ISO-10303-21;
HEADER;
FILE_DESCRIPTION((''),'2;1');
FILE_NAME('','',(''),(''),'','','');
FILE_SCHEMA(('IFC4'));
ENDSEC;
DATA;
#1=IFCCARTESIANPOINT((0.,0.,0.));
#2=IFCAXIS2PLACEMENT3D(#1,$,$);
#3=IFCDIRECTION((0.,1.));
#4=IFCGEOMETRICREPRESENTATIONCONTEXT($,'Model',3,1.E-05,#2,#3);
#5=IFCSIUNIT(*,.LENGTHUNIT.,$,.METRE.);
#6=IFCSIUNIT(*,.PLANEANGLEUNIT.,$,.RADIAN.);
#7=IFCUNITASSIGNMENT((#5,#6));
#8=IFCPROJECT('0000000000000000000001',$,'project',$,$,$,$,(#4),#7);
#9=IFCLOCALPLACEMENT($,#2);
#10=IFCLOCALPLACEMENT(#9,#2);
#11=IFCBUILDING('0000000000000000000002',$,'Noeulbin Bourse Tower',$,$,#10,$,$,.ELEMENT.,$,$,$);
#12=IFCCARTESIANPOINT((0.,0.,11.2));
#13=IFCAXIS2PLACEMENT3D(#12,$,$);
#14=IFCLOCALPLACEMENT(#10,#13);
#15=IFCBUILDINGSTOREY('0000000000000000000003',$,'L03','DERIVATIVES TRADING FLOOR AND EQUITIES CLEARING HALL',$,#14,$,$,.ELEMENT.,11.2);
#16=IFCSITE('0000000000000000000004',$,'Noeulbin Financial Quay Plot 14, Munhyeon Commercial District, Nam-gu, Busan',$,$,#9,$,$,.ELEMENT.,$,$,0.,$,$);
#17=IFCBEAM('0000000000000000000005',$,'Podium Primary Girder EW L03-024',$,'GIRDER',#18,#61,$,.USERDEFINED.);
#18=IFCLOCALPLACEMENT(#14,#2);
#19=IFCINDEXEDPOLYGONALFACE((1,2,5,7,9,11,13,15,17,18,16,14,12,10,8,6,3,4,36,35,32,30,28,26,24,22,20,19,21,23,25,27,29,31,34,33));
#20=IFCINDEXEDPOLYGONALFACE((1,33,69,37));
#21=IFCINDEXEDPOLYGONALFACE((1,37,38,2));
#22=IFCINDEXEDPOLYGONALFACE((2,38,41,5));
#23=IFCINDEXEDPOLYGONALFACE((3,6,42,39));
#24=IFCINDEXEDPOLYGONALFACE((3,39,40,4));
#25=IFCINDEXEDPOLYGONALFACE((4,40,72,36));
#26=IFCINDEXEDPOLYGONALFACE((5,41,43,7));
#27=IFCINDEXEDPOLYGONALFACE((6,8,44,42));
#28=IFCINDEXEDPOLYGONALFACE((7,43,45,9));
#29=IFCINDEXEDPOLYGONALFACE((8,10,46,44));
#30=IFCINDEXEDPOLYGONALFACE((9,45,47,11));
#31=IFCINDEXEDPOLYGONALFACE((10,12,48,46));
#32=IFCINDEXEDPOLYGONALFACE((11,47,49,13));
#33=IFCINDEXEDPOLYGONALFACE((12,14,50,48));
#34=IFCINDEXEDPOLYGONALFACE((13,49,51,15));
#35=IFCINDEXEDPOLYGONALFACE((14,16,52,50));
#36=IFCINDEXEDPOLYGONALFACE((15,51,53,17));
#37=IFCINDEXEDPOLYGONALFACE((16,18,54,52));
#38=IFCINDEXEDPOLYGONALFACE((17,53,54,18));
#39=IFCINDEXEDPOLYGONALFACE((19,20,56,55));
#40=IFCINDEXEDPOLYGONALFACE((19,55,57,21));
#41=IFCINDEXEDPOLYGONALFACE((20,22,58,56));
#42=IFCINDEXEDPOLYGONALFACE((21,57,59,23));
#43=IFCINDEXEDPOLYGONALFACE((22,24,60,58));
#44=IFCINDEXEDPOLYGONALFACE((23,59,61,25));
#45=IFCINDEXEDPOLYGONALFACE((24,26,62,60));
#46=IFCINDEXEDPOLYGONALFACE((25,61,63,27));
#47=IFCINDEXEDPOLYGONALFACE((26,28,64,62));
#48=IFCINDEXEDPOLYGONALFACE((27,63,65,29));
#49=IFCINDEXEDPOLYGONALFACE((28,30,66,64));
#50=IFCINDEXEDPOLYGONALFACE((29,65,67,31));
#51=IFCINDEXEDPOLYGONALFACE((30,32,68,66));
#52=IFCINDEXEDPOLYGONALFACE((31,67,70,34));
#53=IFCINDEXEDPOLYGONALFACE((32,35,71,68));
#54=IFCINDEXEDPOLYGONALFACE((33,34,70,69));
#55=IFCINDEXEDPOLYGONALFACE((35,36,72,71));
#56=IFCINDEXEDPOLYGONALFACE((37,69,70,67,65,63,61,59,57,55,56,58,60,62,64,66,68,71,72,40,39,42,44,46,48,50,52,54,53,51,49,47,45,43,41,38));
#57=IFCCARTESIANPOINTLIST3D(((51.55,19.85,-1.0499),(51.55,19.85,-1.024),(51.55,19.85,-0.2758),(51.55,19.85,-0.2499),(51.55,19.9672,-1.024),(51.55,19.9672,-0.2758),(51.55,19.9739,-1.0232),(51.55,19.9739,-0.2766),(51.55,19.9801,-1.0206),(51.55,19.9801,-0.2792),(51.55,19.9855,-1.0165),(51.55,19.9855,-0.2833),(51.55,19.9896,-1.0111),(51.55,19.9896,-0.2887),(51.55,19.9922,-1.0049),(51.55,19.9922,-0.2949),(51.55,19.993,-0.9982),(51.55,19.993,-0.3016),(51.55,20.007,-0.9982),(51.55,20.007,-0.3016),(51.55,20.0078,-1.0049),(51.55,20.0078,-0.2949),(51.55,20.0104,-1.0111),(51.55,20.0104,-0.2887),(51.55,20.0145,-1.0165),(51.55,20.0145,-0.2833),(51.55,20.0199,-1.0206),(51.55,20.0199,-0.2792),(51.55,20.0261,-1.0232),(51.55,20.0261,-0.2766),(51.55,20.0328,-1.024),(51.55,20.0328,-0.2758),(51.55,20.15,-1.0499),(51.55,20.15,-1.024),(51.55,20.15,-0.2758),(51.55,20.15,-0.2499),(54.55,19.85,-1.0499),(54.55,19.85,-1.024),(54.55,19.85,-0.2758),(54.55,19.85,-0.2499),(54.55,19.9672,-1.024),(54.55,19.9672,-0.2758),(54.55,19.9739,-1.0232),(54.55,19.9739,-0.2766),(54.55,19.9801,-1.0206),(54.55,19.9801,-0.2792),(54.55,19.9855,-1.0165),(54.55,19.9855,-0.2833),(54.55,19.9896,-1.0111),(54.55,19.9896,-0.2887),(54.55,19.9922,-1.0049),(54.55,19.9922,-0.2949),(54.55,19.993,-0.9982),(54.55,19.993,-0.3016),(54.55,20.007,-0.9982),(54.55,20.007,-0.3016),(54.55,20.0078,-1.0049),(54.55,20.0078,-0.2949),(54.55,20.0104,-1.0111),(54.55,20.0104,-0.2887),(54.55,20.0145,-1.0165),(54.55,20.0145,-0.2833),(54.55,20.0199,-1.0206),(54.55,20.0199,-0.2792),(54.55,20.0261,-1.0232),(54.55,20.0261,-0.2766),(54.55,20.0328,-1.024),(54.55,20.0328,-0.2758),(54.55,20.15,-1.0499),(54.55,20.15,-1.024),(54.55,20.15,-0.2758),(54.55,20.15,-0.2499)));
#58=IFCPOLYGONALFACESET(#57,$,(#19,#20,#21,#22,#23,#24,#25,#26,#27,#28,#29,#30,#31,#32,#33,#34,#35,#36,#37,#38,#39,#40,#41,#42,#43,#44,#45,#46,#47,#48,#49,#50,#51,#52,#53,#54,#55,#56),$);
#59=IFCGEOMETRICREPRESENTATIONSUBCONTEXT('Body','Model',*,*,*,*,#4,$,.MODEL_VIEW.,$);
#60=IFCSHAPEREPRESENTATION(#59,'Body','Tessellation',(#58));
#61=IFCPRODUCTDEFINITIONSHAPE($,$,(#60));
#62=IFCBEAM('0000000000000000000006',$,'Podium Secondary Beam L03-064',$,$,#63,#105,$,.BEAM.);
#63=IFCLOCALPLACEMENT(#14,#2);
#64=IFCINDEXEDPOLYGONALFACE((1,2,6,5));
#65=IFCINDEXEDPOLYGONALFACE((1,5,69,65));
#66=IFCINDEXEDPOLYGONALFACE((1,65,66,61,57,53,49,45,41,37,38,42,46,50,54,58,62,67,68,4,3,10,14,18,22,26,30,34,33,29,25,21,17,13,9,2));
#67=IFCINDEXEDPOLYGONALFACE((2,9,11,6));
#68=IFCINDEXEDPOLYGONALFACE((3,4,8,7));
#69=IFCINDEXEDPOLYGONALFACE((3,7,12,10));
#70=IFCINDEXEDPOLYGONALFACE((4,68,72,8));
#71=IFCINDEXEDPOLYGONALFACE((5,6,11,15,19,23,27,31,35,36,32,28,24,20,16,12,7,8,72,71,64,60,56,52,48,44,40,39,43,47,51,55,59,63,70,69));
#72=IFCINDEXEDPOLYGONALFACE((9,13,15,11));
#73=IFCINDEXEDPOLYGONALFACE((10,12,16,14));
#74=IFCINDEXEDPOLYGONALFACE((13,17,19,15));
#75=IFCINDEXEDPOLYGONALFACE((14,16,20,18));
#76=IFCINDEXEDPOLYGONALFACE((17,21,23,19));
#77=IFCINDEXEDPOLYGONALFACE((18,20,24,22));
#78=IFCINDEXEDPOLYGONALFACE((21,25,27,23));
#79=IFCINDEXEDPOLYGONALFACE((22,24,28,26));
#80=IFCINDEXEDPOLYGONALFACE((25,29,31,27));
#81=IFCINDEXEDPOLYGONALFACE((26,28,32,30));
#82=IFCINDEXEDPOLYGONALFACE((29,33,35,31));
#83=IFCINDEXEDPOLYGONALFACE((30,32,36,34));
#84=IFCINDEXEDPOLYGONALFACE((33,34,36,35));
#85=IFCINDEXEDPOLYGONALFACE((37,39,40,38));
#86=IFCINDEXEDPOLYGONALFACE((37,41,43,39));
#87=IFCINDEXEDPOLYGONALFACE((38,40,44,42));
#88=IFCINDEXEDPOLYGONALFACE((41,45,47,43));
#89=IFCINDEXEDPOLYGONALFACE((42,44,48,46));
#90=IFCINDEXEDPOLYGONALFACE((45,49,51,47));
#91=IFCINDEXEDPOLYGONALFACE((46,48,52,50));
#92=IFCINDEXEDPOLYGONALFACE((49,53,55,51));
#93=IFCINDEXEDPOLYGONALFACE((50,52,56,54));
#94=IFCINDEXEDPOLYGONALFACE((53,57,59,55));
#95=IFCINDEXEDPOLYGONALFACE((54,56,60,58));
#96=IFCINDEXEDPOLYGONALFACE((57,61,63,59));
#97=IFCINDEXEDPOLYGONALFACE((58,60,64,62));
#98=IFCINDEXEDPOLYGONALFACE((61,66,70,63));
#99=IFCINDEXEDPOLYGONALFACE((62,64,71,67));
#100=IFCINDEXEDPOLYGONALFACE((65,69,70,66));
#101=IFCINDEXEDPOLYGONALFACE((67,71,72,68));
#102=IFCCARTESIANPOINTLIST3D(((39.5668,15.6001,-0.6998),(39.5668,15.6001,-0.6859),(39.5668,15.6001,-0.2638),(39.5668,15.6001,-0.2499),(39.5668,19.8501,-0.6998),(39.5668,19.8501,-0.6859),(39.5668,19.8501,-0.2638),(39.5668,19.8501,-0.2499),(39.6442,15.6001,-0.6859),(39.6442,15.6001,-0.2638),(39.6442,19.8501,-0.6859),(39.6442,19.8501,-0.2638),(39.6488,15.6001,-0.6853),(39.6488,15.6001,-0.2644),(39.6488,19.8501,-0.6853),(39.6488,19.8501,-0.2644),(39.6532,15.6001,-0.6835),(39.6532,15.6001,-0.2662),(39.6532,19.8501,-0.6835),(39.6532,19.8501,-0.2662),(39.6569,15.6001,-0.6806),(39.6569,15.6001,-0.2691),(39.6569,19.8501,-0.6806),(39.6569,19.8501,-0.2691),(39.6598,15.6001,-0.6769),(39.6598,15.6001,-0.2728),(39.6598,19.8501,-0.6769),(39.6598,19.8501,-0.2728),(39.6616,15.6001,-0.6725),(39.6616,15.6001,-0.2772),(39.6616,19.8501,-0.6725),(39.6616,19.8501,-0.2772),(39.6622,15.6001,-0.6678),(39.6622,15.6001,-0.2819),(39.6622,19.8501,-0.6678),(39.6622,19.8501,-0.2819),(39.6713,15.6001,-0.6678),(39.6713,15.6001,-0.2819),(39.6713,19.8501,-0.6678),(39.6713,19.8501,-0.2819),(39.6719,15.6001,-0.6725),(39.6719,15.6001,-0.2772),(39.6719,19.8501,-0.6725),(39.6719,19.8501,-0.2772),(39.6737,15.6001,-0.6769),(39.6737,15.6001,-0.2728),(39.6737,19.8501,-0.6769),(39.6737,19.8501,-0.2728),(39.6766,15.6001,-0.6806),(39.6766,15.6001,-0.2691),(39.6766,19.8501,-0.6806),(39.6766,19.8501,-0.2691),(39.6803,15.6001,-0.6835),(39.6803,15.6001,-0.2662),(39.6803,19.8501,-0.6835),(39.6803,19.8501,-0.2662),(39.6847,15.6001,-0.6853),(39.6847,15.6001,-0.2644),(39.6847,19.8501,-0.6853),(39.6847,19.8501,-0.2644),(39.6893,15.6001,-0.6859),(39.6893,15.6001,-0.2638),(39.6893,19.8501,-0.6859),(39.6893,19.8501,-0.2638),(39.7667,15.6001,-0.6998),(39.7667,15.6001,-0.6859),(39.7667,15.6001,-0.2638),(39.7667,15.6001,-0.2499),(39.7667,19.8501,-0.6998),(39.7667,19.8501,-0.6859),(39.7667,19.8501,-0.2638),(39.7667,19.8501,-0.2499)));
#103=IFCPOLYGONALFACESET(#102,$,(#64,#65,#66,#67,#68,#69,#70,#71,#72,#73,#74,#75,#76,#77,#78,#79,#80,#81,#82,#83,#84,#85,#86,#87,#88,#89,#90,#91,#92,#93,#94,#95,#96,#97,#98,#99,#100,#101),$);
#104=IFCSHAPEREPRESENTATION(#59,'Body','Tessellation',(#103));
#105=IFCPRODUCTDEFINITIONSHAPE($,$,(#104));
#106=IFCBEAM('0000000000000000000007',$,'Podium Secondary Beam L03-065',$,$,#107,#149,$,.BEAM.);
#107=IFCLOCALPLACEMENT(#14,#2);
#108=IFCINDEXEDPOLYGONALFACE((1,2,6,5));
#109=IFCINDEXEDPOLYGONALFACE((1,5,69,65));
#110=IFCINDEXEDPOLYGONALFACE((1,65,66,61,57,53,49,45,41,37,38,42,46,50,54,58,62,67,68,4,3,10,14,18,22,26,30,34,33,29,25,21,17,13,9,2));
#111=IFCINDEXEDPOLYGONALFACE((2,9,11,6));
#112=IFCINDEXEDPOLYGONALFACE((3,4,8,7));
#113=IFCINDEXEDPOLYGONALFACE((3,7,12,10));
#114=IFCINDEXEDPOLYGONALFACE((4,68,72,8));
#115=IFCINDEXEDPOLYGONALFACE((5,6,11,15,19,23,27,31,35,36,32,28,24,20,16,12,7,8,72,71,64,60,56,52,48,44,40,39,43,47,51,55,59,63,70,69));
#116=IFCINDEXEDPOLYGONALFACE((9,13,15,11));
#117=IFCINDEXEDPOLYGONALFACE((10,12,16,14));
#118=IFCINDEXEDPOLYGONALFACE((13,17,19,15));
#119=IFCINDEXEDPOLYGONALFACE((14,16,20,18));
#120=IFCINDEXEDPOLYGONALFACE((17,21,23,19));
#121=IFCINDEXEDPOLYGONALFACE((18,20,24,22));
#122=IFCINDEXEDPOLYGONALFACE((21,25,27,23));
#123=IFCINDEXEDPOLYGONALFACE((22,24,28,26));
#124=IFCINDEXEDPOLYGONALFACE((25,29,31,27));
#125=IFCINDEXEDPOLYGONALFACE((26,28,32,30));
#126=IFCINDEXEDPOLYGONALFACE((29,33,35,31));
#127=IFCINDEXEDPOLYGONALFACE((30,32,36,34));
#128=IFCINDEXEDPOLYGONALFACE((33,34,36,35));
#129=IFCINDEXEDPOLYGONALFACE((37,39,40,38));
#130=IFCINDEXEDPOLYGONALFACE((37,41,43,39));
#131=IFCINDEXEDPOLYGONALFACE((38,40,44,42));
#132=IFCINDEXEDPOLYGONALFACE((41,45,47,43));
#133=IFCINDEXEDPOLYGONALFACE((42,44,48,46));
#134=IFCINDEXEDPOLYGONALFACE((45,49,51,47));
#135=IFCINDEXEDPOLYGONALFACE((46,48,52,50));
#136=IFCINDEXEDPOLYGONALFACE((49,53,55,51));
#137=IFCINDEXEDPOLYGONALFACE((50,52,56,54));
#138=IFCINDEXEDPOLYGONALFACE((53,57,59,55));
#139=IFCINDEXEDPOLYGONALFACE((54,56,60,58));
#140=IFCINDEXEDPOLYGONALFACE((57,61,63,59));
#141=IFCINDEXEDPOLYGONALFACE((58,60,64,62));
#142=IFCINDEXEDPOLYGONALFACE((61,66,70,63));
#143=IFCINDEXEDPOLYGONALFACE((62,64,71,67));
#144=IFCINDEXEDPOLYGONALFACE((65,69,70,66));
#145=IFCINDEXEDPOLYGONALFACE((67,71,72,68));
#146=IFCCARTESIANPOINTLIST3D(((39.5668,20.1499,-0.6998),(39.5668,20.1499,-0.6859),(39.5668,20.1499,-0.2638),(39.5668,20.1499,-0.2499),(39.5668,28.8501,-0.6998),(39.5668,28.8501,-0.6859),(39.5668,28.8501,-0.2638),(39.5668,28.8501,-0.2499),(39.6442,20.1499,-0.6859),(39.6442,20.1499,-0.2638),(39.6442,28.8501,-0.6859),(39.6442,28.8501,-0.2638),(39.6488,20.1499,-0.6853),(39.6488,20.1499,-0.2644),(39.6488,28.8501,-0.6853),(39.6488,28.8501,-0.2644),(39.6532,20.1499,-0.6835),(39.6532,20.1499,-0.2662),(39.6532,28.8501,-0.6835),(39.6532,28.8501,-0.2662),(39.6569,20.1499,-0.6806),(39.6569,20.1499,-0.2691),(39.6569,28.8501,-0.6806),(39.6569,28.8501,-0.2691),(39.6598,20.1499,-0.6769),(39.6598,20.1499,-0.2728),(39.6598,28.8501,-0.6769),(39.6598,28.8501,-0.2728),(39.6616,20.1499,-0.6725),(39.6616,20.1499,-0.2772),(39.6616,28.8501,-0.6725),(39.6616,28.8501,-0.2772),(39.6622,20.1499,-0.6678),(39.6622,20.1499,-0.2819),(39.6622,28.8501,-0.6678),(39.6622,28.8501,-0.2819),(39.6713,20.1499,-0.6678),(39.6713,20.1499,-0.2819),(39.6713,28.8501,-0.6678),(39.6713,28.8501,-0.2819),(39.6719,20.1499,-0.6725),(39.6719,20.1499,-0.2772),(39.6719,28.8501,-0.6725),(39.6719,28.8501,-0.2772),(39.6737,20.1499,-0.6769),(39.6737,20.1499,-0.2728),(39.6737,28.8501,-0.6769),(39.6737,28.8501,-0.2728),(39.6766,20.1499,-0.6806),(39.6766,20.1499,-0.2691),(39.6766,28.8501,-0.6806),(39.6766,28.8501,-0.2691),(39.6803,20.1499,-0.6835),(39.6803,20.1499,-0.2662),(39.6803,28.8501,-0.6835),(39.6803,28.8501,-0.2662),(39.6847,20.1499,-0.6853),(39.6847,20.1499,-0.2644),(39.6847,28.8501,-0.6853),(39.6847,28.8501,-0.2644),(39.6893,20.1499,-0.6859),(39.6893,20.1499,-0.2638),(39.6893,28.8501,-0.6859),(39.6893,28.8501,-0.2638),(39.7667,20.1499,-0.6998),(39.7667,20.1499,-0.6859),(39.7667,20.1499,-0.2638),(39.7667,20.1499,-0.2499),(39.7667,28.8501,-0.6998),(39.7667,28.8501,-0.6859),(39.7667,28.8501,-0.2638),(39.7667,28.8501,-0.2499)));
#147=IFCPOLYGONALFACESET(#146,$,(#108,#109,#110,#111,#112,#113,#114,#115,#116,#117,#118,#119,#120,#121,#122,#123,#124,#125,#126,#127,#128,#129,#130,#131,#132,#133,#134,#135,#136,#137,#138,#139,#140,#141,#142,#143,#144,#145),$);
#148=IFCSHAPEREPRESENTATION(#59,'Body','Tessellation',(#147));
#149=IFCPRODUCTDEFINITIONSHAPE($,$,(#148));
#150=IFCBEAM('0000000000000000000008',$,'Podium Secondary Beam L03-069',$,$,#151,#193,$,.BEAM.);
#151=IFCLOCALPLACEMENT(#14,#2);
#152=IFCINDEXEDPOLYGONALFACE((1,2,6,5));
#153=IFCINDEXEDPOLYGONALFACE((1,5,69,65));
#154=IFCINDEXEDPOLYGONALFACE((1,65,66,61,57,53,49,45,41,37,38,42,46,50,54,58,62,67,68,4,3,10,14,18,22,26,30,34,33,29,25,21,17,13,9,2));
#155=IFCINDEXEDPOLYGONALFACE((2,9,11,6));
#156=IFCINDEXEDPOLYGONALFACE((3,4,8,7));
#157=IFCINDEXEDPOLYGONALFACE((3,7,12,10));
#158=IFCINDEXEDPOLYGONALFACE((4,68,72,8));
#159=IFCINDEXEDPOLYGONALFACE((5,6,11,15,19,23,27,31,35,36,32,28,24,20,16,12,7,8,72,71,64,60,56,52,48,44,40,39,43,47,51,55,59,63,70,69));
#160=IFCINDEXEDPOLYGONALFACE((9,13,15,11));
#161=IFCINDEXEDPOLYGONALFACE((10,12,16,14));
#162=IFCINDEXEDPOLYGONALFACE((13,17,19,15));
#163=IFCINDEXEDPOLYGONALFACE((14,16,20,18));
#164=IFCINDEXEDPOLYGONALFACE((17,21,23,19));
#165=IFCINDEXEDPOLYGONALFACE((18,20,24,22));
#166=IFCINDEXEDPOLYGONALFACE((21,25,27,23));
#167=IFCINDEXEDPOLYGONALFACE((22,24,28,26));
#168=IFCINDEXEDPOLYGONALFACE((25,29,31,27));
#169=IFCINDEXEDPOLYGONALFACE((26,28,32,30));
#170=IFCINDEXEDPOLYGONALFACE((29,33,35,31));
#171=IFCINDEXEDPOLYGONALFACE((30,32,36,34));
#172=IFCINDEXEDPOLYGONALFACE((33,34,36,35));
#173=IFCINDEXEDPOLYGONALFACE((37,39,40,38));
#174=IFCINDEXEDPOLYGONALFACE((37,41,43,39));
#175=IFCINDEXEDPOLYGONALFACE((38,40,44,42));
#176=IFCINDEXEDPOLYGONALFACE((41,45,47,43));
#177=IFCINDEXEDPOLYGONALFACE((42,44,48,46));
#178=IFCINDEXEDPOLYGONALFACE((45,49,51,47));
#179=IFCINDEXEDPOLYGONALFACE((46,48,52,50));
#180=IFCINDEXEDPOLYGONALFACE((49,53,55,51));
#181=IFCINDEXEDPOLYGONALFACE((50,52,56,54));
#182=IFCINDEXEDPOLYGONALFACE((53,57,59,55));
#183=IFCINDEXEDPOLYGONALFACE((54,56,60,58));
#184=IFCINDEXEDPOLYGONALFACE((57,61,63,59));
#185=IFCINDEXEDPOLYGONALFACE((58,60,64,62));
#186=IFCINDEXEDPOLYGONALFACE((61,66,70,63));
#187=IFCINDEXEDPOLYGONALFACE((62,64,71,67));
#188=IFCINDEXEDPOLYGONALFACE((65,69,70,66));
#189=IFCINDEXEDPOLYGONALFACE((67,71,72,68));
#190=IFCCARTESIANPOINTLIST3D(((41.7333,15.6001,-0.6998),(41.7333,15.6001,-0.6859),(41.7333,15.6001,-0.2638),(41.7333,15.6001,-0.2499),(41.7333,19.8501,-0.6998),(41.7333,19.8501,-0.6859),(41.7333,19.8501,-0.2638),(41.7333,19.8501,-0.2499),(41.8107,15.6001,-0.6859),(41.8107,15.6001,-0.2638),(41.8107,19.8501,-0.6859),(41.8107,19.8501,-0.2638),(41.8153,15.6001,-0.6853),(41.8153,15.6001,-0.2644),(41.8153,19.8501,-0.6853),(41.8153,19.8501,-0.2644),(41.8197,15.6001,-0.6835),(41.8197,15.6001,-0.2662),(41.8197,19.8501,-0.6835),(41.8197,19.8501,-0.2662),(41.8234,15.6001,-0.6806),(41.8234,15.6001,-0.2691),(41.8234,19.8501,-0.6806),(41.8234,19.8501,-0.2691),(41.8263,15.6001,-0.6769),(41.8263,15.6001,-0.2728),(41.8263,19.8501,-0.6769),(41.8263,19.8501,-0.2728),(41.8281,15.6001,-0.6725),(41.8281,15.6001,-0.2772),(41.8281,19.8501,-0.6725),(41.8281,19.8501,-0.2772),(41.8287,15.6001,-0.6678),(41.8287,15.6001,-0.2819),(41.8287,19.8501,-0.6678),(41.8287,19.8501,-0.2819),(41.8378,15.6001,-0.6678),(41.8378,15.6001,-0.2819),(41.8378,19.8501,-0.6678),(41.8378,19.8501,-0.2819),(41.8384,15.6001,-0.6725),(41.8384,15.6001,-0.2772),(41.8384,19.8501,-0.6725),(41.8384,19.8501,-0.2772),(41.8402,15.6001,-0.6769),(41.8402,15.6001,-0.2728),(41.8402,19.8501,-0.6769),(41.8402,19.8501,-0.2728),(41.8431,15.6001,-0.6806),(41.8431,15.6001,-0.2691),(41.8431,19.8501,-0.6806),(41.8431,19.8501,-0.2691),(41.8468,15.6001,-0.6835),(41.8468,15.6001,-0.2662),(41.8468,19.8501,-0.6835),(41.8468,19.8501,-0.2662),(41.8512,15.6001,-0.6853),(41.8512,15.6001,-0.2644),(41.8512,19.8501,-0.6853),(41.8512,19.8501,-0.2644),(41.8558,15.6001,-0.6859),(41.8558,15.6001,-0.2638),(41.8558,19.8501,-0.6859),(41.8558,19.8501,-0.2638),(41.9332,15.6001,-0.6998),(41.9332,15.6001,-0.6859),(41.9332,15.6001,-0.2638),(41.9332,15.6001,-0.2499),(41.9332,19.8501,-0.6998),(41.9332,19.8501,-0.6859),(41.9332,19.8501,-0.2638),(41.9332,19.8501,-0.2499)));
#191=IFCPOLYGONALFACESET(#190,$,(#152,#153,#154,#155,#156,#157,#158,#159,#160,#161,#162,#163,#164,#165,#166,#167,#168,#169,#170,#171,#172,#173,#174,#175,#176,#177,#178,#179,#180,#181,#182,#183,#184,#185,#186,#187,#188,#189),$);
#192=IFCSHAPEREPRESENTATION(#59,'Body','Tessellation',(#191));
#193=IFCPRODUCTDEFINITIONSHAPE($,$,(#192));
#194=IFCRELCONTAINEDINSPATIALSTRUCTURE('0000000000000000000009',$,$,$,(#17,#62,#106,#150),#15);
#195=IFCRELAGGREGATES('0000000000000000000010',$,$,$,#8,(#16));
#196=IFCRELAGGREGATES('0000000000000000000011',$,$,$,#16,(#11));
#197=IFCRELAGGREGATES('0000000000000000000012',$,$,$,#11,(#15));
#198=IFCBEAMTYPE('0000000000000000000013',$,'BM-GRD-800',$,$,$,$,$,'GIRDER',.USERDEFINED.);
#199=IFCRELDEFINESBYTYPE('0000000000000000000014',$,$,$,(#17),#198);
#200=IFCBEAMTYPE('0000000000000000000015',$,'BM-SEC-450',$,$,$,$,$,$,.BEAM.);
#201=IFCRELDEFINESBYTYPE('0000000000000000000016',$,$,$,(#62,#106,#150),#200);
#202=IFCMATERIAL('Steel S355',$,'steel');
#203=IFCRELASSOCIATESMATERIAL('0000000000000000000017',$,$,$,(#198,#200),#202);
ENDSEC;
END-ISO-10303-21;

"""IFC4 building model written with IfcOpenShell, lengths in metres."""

from ifc_helpers import new_model, si_unit, direction, frame, origin, origin_2d, place, context, subcontext, project, spatial, i_section, extrude, material, material_profile, profile_set, type_object, element, save


model = new_model("IFC4")

# Units and contexts
model_context = context("Model", 3, precision=1e-05, world=origin(), true_north=direction((0.0, 1.0)))
body_context = subcontext(model_context, "Body", "Model", "MODEL_VIEW")
ifc_project = project(units=[si_unit("LENGTHUNIT", "METRE"), si_unit("PLANEANGLEUNIT", "RADIAN")], contexts=[model_context])

# Site, building, storey
site_placement = place(None, origin())
site = spatial("IfcSite", under=ifc_project, at=site_placement, Name="Noeulbin Financial Quay Plot 14, Munhyeon Commercial District, Nam-gu, Busan", CompositionType="ELEMENT", RefElevation=0.0)
building_placement = place(site_placement, origin())
building = spatial("IfcBuilding", under=site, at=building_placement, Name="Noeulbin Bourse Tower", CompositionType="ELEMENT")
storey_placement = place(building_placement, frame((0.0, 0.0, 11.2)))
storey = spatial("IfcBuildingStorey", under=building, at=storey_placement, Name="L03", Description="DERIVATIVES TRADING FLOOR AND EQUITIES CLEARING HALL", CompositionType="ELEMENT", Elevation=11.2)

# Beams
ifc_material_1 = material(Name="Steel S355", Category="steel")
ifc_material_profile_1 = material_profile(ifc_material_1, i_section(OverallWidth=0.3, OverallDepth=0.8, WebThickness=0.0139, FlangeThickness=0.0259, FilletRadius=0.0259, at=origin_2d()), Name="H-800x300x14x26", Category="LoadBearing")
ifc_profile_set_1 = profile_set([ifc_material_profile_1], Name="Steel S355")
beam_type_1 = type_object("IfcBeamType", Name="BM-GRD-800", ElementType="GIRDER", PredefinedType="USERDEFINED", material=ifc_profile_set_1)
beam_1_placement = place(storey_placement, frame((51.55, 20.0, -0.6499), z_axis=(1.0, 0.0, 0.0), x_axis=(0.0, 1.0, 0.0)))
element("IfcBeam", 1, at=beam_1_placement, inside=storey, type_object=beam_type_1, Name="Podium Primary Girder EW L03-024", ObjectType="GIRDER", PredefinedType="USERDEFINED", context=body_context, shape_type="SweptSolid", body=[
    extrude(i_section(OverallWidth=0.3, OverallDepth=0.8, WebThickness=0.0139, FlangeThickness=0.0259, FilletRadius=0.0259, at=origin_2d()), origin(), (0.0, 0.0, 1.0), 3.0),
])
ifc_material_profile_2 = material_profile(ifc_material_1, i_section(OverallWidth=0.2, OverallDepth=0.45, WebThickness=0.009, FlangeThickness=0.0139, FilletRadius=0.0181, at=origin_2d()), Name="H-450x200x9x14", Category="LoadBearing")
ifc_profile_set_2 = profile_set([ifc_material_profile_2], Name="Steel S355")
beam_type_2 = type_object("IfcBeamType", Name="BM-SEC-450", PredefinedType="BEAM", material=ifc_profile_set_2)
beam_2_placement = place(storey_placement, frame((39.6667, 15.6001, -0.4749), z_axis=(0.0, 1.0, 0.0), x_axis=(-1.0, 0.0, 0.0)))
element("IfcBeam", 2, at=beam_2_placement, inside=storey, type_object=beam_type_2, Name="Podium Secondary Beam L03-064", PredefinedType="BEAM", context=body_context, shape_type="SweptSolid", body=[
    extrude(i_section(OverallWidth=0.2, OverallDepth=0.45, WebThickness=0.009, FlangeThickness=0.0139, FilletRadius=0.0181, at=origin_2d()), origin(), (0.0, 0.0, 1.0), 4.25),
])
beam_3_placement = place(storey_placement, frame((39.6667, 20.1499, -0.4749), z_axis=(0.0, 1.0, 0.0), x_axis=(-1.0, 0.0, 0.0)))
element("IfcBeam", 3, at=beam_3_placement, inside=storey, type_object=beam_type_2, Name="Podium Secondary Beam L03-065", PredefinedType="BEAM", context=body_context, shape_type="SweptSolid", body=[
    extrude(i_section(OverallWidth=0.2, OverallDepth=0.45, WebThickness=0.009, FlangeThickness=0.0139, FilletRadius=0.0181, at=origin_2d()), origin(), (0.0, 0.0, 1.0), 8.7002),
])
beam_4_placement = place(storey_placement, frame((41.8333, 15.6001, -0.4749), z_axis=(0.0, 1.0, 0.0), x_axis=(-1.0, 0.0, 0.0)))
element("IfcBeam", 4, at=beam_4_placement, inside=storey, type_object=beam_type_2, Name="Podium Secondary Beam L03-069", PredefinedType="BEAM", context=body_context, shape_type="SweptSolid", body=[
    extrude(i_section(OverallWidth=0.2, OverallDepth=0.45, WebThickness=0.009, FlangeThickness=0.0139, FilletRadius=0.0181, at=origin_2d()), origin(), (0.0, 0.0, 1.0), 4.25),
])

save(model, "model.ifc")
